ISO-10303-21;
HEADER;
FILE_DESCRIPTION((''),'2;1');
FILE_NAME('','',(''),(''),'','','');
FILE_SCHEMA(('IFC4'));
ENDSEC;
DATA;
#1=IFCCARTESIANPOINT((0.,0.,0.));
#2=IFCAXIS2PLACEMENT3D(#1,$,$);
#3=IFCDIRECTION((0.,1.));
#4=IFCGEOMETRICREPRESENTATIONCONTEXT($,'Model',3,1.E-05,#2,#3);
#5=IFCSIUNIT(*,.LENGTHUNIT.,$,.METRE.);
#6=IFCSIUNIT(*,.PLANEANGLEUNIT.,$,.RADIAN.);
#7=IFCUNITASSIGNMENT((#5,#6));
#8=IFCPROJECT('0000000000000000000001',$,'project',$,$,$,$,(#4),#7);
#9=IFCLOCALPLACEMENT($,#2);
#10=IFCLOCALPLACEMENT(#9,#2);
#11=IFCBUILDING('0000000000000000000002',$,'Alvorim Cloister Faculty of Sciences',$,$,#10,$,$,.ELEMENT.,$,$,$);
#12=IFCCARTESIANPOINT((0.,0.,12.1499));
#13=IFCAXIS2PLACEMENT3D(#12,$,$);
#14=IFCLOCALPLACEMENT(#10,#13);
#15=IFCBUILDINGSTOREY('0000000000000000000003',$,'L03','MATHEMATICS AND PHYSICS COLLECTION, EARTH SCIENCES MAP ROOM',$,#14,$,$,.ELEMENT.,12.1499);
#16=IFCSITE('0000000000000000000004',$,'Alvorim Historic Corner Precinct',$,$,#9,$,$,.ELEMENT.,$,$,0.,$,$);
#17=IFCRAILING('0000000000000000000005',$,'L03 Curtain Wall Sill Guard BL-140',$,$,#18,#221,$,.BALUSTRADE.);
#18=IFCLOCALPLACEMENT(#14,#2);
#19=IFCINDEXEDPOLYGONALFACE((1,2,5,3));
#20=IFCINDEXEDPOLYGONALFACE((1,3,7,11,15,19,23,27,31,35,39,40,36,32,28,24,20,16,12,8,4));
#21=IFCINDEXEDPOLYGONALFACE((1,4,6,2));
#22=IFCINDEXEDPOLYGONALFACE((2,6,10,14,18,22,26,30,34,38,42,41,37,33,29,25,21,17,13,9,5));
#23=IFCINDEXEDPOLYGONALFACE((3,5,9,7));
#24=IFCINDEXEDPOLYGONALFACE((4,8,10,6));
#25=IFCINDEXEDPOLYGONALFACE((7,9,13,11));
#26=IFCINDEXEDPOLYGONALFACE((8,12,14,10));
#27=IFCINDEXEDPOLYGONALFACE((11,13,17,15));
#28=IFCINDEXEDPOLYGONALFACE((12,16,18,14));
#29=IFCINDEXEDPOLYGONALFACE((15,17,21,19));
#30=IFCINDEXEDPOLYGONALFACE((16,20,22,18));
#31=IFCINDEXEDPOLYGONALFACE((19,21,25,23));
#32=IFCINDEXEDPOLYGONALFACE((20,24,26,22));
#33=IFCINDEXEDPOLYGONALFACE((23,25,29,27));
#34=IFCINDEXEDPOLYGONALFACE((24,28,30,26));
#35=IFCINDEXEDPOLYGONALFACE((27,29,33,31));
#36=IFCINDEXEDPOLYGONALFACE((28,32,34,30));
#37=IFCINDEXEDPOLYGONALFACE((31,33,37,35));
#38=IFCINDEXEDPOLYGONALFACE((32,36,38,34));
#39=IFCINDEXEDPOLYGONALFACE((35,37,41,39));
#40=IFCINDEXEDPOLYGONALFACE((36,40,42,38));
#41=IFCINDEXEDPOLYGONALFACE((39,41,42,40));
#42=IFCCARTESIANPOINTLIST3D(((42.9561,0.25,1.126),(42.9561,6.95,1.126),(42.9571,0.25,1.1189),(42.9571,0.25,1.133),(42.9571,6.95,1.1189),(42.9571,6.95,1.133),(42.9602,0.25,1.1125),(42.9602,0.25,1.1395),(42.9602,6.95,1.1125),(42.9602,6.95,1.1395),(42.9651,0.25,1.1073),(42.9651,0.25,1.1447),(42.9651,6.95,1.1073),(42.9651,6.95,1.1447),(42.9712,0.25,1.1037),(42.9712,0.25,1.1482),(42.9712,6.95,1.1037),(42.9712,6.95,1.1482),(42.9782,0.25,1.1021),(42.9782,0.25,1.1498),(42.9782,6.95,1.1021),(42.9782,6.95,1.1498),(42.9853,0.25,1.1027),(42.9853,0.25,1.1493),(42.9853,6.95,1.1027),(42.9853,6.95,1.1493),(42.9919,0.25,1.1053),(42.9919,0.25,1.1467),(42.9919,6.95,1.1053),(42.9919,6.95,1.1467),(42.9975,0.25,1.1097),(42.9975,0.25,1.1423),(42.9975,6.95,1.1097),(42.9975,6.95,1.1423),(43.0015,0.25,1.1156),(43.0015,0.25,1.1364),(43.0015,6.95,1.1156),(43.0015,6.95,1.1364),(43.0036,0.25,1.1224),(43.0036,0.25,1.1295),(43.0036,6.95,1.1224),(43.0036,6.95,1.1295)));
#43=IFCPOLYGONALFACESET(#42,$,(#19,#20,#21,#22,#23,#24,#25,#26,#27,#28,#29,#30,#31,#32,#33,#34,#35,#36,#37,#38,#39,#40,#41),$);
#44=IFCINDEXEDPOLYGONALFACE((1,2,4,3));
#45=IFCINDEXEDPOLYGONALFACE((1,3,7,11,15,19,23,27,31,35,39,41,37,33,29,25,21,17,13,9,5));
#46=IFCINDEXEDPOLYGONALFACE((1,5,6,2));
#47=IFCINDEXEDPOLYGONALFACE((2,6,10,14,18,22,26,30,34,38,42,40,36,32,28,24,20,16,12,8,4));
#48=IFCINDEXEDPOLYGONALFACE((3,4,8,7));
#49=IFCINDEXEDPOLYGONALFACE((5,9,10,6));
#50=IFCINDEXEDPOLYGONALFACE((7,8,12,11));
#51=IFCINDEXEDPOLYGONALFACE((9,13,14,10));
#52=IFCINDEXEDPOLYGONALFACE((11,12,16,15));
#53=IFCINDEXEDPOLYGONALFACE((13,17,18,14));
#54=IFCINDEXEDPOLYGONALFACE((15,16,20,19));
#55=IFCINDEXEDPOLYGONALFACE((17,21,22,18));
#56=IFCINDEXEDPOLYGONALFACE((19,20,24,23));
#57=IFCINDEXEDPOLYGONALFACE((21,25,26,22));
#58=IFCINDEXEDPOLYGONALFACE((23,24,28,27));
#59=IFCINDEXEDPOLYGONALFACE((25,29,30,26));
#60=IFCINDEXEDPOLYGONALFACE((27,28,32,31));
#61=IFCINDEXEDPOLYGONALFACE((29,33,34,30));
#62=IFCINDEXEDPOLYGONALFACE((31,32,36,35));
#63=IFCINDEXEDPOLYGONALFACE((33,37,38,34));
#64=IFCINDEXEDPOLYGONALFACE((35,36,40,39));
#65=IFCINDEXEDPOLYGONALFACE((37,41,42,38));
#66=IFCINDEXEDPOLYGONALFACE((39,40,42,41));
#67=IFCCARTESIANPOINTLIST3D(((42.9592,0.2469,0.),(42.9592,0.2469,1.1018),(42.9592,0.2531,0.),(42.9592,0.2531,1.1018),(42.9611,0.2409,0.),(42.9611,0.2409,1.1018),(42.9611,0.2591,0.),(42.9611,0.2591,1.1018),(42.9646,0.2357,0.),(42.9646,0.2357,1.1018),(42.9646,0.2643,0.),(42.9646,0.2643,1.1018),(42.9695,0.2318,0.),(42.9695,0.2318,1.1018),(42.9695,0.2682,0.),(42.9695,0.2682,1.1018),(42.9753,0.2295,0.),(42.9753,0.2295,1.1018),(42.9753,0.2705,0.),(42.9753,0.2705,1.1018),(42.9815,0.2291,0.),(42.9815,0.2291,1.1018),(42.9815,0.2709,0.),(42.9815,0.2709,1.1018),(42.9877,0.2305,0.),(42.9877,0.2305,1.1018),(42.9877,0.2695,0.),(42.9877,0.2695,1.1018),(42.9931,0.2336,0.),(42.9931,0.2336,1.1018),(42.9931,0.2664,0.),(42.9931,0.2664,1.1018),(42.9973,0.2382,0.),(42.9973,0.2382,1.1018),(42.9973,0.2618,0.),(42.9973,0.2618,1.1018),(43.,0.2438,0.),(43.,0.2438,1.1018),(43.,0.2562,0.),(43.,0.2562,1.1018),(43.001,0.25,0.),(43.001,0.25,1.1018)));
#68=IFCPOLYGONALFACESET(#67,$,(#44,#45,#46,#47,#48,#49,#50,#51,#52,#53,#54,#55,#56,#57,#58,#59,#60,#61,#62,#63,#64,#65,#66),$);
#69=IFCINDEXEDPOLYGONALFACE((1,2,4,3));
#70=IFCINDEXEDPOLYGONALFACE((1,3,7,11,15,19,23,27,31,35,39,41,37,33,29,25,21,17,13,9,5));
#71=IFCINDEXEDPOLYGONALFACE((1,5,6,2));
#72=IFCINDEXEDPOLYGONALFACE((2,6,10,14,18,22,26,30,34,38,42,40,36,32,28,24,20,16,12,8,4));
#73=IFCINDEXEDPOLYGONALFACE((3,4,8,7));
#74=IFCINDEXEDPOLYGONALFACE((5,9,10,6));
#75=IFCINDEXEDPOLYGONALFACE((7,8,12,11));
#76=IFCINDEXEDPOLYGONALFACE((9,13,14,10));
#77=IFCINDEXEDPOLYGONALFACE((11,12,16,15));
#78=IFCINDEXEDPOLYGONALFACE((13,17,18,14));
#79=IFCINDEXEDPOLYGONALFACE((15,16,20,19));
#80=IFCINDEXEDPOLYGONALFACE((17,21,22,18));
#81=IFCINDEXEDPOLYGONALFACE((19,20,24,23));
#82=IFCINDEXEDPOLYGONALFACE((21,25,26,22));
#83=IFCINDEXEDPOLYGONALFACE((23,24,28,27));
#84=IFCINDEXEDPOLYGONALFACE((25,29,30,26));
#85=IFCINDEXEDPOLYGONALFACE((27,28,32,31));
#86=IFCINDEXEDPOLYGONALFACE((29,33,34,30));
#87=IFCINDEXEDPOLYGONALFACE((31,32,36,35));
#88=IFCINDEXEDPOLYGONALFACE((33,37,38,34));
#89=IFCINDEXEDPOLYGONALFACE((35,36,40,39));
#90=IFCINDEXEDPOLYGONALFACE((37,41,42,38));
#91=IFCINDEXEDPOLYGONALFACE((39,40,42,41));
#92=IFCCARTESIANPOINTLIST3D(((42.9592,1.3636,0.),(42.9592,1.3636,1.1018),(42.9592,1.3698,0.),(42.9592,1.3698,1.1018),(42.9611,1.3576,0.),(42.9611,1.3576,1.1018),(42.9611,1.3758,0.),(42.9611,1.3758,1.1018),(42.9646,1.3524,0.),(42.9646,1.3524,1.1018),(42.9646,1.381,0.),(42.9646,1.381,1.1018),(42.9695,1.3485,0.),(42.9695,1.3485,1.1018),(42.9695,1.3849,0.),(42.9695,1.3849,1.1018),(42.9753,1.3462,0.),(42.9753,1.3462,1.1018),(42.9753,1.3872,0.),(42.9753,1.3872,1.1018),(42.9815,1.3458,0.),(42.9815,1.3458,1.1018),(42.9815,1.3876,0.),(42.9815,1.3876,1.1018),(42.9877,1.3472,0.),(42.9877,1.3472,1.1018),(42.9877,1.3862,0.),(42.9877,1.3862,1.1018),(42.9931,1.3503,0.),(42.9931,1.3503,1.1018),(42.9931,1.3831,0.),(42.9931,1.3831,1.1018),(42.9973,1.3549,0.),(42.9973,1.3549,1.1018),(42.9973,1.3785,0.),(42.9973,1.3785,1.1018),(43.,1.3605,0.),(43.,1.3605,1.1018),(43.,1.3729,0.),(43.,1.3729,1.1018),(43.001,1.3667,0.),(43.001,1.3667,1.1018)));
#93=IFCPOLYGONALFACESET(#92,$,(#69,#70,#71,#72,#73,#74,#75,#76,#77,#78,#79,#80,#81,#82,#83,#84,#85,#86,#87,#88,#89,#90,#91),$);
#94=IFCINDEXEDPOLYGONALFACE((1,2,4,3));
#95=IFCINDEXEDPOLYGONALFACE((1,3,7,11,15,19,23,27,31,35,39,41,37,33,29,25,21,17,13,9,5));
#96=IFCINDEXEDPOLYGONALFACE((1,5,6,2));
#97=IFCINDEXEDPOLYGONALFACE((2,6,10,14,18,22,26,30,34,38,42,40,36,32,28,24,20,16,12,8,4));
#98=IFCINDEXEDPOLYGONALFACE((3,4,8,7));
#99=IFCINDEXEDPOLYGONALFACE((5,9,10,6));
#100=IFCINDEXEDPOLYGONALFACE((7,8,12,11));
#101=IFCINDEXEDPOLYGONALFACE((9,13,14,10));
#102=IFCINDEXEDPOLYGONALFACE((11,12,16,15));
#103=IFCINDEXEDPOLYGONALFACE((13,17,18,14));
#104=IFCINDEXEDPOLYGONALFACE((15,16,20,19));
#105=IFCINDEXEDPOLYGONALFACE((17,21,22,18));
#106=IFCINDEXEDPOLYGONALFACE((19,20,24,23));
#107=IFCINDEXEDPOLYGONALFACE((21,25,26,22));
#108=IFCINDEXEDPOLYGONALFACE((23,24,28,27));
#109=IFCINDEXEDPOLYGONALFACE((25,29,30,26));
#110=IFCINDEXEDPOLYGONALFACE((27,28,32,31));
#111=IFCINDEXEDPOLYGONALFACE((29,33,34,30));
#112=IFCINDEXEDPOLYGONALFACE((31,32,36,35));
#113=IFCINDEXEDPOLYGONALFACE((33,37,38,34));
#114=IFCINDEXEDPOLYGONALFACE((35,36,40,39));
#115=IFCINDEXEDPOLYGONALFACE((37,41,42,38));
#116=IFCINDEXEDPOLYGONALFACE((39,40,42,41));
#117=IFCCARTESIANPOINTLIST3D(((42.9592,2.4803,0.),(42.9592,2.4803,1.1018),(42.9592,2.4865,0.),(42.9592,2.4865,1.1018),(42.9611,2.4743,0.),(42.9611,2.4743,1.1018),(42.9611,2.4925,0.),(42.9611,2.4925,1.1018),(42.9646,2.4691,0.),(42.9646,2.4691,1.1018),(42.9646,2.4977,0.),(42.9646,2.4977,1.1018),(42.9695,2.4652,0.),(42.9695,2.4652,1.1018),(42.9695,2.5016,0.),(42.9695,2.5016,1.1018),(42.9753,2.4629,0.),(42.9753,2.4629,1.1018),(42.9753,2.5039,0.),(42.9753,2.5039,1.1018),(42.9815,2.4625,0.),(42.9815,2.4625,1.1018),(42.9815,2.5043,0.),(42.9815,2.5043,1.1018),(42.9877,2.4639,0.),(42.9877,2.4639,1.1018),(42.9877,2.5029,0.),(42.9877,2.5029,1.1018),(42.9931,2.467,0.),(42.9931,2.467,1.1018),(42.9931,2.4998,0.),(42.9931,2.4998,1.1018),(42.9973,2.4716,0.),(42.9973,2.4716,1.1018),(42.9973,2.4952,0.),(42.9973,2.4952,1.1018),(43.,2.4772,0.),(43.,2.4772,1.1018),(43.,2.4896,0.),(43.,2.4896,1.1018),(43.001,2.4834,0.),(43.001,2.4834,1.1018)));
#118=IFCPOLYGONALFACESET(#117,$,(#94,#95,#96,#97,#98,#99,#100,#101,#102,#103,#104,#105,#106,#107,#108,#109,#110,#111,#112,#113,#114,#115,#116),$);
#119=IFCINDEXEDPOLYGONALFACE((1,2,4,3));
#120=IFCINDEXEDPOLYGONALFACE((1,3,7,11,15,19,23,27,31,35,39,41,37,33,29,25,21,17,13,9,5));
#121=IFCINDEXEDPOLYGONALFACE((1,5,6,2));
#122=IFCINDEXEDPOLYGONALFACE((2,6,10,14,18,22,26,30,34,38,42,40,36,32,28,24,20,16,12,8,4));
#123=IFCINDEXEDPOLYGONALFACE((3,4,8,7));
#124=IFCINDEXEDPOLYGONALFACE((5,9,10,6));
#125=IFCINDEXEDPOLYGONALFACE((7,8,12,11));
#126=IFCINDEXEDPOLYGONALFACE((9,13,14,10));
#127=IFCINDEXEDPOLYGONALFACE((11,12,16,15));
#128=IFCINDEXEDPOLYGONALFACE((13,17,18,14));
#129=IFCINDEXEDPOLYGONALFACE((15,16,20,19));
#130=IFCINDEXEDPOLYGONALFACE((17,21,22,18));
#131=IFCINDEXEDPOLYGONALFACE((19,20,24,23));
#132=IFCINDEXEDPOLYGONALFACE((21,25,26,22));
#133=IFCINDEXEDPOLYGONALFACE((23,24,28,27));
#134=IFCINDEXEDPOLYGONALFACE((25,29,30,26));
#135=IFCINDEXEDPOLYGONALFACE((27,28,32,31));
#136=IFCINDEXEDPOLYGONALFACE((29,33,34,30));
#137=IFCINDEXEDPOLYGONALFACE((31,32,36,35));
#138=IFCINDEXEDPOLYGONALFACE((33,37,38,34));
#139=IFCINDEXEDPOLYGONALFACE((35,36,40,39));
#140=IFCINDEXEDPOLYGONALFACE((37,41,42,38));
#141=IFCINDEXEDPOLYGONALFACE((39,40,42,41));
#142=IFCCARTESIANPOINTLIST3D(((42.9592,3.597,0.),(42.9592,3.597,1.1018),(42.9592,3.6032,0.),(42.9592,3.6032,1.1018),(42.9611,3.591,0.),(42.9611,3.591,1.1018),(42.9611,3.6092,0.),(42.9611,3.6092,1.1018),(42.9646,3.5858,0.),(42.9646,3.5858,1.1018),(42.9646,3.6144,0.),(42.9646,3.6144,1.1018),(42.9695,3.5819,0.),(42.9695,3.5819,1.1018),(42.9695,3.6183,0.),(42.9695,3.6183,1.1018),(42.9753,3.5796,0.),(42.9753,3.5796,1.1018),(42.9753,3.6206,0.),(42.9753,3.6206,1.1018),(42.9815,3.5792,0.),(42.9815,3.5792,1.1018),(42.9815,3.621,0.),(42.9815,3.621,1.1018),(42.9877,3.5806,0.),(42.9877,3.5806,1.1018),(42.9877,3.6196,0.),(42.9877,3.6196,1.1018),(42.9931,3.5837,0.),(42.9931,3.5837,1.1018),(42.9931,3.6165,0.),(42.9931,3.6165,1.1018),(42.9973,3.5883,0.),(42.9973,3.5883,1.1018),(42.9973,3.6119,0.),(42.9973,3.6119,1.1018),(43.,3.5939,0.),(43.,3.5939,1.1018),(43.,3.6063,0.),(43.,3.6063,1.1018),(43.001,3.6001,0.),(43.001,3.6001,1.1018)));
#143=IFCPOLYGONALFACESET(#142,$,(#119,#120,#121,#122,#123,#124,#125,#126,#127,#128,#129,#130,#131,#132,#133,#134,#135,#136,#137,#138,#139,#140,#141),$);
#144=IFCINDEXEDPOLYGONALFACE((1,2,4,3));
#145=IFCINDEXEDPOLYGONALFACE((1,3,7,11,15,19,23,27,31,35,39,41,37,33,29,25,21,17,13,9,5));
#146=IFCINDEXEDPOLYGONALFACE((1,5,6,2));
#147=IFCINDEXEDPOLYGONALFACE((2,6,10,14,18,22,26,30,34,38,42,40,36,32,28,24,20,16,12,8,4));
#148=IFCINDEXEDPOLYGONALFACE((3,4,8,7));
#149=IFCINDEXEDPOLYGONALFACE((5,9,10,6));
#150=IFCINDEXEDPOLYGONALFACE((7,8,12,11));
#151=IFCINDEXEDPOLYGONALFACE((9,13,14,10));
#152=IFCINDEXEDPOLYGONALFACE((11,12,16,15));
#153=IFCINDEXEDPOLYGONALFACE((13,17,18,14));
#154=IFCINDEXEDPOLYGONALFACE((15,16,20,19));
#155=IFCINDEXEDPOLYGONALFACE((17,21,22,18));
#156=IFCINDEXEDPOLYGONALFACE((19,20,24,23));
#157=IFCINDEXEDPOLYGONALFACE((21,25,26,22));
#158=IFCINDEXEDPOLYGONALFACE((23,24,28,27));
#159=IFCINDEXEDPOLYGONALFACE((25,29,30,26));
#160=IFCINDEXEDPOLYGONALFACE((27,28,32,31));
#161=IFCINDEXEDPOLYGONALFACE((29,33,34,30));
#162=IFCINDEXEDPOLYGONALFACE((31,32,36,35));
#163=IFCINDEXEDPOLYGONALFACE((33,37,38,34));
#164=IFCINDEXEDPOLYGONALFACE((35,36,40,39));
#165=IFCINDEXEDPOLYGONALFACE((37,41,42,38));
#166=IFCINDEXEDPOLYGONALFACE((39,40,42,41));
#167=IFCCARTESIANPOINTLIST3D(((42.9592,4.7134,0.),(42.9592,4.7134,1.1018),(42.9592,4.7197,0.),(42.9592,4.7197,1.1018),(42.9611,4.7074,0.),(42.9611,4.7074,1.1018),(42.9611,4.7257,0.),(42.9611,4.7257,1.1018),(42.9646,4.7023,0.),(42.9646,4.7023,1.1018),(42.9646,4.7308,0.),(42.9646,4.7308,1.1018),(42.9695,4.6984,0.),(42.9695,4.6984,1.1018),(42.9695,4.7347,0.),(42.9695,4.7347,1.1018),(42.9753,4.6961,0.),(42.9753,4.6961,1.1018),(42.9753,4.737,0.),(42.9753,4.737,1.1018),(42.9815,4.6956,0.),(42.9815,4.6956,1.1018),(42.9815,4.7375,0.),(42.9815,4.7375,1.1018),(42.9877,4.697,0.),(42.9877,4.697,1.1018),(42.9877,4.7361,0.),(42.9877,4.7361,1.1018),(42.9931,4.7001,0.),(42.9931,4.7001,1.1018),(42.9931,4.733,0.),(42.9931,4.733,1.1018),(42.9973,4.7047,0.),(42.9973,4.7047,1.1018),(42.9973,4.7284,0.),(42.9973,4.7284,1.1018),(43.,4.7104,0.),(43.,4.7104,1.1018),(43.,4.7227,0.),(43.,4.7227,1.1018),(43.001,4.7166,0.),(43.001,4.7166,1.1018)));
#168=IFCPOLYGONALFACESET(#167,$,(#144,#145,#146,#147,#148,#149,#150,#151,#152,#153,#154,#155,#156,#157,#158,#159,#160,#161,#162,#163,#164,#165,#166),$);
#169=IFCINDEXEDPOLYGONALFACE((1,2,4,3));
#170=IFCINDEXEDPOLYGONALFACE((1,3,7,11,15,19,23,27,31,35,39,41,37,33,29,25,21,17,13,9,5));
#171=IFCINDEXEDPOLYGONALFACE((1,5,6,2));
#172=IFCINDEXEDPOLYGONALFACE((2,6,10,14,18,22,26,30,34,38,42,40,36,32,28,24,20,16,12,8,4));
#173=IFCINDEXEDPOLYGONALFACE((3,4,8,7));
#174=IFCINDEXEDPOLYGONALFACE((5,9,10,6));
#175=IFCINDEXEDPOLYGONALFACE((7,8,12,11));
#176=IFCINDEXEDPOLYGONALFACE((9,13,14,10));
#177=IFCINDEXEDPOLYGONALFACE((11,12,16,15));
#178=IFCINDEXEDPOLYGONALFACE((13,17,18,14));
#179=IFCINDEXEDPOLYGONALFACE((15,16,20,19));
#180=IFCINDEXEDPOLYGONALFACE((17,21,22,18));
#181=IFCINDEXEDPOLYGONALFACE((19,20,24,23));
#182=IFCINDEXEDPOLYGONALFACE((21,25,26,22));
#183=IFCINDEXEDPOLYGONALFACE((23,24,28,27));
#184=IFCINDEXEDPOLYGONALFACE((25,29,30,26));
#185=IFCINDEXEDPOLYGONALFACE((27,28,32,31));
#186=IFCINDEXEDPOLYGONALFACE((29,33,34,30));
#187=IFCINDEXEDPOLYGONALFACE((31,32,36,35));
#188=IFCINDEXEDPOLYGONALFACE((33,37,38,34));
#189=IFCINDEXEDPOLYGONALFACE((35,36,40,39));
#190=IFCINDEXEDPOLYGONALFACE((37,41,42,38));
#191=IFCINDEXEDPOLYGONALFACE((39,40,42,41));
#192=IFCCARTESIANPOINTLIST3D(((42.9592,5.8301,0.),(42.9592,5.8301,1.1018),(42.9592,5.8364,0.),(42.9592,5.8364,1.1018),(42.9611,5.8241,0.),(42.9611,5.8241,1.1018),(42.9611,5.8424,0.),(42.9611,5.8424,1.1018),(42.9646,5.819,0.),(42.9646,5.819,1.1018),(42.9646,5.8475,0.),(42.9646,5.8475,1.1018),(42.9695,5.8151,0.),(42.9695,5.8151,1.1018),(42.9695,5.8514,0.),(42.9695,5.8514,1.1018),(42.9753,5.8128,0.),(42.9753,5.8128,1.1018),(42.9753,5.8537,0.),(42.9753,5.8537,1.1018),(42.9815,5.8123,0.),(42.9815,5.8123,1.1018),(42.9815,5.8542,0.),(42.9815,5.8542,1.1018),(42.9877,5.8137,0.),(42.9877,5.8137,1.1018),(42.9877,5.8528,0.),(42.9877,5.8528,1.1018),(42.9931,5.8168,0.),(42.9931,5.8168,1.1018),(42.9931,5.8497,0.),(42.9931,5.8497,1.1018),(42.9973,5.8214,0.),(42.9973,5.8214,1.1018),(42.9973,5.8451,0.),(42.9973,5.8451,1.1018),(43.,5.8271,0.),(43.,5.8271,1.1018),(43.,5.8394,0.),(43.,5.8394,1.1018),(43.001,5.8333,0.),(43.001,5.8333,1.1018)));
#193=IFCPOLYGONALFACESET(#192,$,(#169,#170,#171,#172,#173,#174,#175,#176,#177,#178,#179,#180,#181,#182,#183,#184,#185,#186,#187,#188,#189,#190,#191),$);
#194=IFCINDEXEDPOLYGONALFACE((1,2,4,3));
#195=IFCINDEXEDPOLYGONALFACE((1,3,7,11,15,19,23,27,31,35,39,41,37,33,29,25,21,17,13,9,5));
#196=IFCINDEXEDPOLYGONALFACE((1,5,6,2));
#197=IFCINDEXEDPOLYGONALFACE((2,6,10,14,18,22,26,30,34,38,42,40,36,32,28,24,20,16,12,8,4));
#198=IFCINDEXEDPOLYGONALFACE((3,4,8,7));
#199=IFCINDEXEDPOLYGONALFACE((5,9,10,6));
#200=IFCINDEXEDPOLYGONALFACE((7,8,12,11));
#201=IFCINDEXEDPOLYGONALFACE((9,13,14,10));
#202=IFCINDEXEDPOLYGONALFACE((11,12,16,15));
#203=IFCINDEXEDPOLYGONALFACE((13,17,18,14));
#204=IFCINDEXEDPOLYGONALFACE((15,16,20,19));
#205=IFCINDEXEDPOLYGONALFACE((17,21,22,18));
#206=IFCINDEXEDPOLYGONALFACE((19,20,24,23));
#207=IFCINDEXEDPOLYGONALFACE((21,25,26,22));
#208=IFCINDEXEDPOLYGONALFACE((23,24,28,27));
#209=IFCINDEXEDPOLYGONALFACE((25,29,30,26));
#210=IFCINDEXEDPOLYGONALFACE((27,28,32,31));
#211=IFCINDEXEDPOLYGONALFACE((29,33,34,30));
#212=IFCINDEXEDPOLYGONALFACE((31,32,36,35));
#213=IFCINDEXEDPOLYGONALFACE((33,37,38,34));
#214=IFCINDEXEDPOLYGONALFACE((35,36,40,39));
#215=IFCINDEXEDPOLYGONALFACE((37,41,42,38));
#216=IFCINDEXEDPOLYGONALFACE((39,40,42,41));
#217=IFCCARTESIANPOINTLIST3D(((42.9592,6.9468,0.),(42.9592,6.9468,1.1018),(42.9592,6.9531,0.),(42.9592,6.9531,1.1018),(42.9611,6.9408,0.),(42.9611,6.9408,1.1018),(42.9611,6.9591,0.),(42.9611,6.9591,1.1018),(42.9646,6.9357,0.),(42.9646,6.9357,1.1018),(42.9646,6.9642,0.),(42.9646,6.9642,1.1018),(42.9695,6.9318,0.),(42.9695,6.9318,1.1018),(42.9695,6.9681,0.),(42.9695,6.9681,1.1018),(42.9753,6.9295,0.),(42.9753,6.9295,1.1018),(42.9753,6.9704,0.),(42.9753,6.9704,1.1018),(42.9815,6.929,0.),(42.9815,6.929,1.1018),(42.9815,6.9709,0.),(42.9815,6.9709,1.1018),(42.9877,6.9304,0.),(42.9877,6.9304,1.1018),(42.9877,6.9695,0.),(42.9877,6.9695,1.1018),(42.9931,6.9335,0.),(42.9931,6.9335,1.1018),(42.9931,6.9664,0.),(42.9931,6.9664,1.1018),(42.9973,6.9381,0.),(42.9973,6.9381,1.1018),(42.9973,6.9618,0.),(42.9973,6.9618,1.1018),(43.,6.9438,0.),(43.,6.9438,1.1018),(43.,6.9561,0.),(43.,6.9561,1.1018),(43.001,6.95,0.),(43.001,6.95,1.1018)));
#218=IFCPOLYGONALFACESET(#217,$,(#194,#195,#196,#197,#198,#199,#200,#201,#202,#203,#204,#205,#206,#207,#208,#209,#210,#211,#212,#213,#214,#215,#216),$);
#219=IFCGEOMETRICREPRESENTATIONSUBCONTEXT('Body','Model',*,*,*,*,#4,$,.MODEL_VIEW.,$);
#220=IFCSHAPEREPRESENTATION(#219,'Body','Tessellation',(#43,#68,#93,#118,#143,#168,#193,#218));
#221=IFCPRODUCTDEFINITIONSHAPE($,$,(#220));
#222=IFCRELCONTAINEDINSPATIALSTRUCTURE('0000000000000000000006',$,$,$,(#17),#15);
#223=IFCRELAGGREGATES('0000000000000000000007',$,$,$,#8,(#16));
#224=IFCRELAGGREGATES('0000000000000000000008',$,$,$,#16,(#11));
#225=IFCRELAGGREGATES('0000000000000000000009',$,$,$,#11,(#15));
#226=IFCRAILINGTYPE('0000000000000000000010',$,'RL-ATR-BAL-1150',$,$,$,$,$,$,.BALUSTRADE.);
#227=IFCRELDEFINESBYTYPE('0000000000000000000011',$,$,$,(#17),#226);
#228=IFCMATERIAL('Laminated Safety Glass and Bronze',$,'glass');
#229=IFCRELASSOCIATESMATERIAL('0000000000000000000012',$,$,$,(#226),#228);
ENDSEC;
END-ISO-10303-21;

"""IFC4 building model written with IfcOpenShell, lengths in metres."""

from ifc_helpers import new_model, si_unit, direction, frame, origin, origin_2d, place, context, subcontext, project, spatial, circle, extrude, material, type_object, element, save


model = new_model("IFC4")

# Units and contexts
model_context = context("Model", 3, precision=1e-05, world=origin(), true_north=direction((0.0, 1.0)))
body_context = subcontext(model_context, "Body", "Model", "MODEL_VIEW")
ifc_project = project(units=[si_unit("LENGTHUNIT", "METRE"), si_unit("PLANEANGLEUNIT", "RADIAN")], contexts=[model_context])

# Site, building, storey
site_placement = place(None, origin())
site = spatial("IfcSite", under=ifc_project, at=site_placement, Name="Alvorim Historic Corner Precinct", CompositionType="ELEMENT", RefElevation=0.0)
building_placement = place(site_placement, origin())
building = spatial("IfcBuilding", under=site, at=building_placement, Name="Alvorim Cloister Faculty of Sciences", CompositionType="ELEMENT")
storey_placement = place(building_placement, frame((0.0, 0.0, 12.1499)))
storey = spatial("IfcBuildingStorey", under=building, at=storey_placement, Name="L03", Description="MATHEMATICS AND PHYSICS COLLECTION, EARTH SCIENCES MAP ROOM", CompositionType="ELEMENT", Elevation=12.1499)

# Railing
ifc_material_1 = material(Name="Laminated Safety Glass and Bronze", Category="glass")
railing_type_1 = type_object("IfcRailingType", Name="RL-ATR-BAL-1150", PredefinedType="BALUSTRADE", material=ifc_material_1)
railing_1_placement = place(storey_placement, frame((42.98, 0.25, 0.0)))
element("IfcRailing", 1, at=railing_1_placement, inside=storey, type_object=railing_type_1, Name="L03 Curtain Wall Sill Guard BL-140", PredefinedType="BALUSTRADE", context=body_context, shape_type="SweptSolid", body=[
    extrude(circle(Radius=0.0239, at=origin_2d()), frame((0.0, 0.0, 1.126), z_axis=(0.0, 1.0, 0.0), x_axis=(-1.0, 0.0, 0.0)), (0.0, 0.0, 1.0), 6.7),
    extrude(circle(Radius=0.021, at=origin_2d()), origin(), (0.0, 0.0, 1.0), 1.1018),
    extrude(circle(Radius=0.021, at=origin_2d()), frame((0.0, 1.1167, 0.0)), (0.0, 0.0, 1.0), 1.1018),
    extrude(circle(Radius=0.021, at=origin_2d()), frame((0.0, 2.2334, 0.0)), (0.0, 0.0, 1.0), 1.1018),
    extrude(circle(Radius=0.021, at=origin_2d()), frame((0.0, 3.3501, 0.0)), (0.0, 0.0, 1.0), 1.1018),
    extrude(circle(Radius=0.021, at=origin_2d()), frame((0.0, 4.4666, 0.0)), (0.0, 0.0, 1.0), 1.1018),
    extrude(circle(Radius=0.021, at=origin_2d()), frame((0.0, 5.5833, 0.0)), (0.0, 0.0, 1.0), 1.1018),
    extrude(circle(Radius=0.021, at=origin_2d()), frame((0.0, 6.7, 0.0)), (0.0, 0.0, 1.0), 1.1018),
])

save(model, "model.ifc")
